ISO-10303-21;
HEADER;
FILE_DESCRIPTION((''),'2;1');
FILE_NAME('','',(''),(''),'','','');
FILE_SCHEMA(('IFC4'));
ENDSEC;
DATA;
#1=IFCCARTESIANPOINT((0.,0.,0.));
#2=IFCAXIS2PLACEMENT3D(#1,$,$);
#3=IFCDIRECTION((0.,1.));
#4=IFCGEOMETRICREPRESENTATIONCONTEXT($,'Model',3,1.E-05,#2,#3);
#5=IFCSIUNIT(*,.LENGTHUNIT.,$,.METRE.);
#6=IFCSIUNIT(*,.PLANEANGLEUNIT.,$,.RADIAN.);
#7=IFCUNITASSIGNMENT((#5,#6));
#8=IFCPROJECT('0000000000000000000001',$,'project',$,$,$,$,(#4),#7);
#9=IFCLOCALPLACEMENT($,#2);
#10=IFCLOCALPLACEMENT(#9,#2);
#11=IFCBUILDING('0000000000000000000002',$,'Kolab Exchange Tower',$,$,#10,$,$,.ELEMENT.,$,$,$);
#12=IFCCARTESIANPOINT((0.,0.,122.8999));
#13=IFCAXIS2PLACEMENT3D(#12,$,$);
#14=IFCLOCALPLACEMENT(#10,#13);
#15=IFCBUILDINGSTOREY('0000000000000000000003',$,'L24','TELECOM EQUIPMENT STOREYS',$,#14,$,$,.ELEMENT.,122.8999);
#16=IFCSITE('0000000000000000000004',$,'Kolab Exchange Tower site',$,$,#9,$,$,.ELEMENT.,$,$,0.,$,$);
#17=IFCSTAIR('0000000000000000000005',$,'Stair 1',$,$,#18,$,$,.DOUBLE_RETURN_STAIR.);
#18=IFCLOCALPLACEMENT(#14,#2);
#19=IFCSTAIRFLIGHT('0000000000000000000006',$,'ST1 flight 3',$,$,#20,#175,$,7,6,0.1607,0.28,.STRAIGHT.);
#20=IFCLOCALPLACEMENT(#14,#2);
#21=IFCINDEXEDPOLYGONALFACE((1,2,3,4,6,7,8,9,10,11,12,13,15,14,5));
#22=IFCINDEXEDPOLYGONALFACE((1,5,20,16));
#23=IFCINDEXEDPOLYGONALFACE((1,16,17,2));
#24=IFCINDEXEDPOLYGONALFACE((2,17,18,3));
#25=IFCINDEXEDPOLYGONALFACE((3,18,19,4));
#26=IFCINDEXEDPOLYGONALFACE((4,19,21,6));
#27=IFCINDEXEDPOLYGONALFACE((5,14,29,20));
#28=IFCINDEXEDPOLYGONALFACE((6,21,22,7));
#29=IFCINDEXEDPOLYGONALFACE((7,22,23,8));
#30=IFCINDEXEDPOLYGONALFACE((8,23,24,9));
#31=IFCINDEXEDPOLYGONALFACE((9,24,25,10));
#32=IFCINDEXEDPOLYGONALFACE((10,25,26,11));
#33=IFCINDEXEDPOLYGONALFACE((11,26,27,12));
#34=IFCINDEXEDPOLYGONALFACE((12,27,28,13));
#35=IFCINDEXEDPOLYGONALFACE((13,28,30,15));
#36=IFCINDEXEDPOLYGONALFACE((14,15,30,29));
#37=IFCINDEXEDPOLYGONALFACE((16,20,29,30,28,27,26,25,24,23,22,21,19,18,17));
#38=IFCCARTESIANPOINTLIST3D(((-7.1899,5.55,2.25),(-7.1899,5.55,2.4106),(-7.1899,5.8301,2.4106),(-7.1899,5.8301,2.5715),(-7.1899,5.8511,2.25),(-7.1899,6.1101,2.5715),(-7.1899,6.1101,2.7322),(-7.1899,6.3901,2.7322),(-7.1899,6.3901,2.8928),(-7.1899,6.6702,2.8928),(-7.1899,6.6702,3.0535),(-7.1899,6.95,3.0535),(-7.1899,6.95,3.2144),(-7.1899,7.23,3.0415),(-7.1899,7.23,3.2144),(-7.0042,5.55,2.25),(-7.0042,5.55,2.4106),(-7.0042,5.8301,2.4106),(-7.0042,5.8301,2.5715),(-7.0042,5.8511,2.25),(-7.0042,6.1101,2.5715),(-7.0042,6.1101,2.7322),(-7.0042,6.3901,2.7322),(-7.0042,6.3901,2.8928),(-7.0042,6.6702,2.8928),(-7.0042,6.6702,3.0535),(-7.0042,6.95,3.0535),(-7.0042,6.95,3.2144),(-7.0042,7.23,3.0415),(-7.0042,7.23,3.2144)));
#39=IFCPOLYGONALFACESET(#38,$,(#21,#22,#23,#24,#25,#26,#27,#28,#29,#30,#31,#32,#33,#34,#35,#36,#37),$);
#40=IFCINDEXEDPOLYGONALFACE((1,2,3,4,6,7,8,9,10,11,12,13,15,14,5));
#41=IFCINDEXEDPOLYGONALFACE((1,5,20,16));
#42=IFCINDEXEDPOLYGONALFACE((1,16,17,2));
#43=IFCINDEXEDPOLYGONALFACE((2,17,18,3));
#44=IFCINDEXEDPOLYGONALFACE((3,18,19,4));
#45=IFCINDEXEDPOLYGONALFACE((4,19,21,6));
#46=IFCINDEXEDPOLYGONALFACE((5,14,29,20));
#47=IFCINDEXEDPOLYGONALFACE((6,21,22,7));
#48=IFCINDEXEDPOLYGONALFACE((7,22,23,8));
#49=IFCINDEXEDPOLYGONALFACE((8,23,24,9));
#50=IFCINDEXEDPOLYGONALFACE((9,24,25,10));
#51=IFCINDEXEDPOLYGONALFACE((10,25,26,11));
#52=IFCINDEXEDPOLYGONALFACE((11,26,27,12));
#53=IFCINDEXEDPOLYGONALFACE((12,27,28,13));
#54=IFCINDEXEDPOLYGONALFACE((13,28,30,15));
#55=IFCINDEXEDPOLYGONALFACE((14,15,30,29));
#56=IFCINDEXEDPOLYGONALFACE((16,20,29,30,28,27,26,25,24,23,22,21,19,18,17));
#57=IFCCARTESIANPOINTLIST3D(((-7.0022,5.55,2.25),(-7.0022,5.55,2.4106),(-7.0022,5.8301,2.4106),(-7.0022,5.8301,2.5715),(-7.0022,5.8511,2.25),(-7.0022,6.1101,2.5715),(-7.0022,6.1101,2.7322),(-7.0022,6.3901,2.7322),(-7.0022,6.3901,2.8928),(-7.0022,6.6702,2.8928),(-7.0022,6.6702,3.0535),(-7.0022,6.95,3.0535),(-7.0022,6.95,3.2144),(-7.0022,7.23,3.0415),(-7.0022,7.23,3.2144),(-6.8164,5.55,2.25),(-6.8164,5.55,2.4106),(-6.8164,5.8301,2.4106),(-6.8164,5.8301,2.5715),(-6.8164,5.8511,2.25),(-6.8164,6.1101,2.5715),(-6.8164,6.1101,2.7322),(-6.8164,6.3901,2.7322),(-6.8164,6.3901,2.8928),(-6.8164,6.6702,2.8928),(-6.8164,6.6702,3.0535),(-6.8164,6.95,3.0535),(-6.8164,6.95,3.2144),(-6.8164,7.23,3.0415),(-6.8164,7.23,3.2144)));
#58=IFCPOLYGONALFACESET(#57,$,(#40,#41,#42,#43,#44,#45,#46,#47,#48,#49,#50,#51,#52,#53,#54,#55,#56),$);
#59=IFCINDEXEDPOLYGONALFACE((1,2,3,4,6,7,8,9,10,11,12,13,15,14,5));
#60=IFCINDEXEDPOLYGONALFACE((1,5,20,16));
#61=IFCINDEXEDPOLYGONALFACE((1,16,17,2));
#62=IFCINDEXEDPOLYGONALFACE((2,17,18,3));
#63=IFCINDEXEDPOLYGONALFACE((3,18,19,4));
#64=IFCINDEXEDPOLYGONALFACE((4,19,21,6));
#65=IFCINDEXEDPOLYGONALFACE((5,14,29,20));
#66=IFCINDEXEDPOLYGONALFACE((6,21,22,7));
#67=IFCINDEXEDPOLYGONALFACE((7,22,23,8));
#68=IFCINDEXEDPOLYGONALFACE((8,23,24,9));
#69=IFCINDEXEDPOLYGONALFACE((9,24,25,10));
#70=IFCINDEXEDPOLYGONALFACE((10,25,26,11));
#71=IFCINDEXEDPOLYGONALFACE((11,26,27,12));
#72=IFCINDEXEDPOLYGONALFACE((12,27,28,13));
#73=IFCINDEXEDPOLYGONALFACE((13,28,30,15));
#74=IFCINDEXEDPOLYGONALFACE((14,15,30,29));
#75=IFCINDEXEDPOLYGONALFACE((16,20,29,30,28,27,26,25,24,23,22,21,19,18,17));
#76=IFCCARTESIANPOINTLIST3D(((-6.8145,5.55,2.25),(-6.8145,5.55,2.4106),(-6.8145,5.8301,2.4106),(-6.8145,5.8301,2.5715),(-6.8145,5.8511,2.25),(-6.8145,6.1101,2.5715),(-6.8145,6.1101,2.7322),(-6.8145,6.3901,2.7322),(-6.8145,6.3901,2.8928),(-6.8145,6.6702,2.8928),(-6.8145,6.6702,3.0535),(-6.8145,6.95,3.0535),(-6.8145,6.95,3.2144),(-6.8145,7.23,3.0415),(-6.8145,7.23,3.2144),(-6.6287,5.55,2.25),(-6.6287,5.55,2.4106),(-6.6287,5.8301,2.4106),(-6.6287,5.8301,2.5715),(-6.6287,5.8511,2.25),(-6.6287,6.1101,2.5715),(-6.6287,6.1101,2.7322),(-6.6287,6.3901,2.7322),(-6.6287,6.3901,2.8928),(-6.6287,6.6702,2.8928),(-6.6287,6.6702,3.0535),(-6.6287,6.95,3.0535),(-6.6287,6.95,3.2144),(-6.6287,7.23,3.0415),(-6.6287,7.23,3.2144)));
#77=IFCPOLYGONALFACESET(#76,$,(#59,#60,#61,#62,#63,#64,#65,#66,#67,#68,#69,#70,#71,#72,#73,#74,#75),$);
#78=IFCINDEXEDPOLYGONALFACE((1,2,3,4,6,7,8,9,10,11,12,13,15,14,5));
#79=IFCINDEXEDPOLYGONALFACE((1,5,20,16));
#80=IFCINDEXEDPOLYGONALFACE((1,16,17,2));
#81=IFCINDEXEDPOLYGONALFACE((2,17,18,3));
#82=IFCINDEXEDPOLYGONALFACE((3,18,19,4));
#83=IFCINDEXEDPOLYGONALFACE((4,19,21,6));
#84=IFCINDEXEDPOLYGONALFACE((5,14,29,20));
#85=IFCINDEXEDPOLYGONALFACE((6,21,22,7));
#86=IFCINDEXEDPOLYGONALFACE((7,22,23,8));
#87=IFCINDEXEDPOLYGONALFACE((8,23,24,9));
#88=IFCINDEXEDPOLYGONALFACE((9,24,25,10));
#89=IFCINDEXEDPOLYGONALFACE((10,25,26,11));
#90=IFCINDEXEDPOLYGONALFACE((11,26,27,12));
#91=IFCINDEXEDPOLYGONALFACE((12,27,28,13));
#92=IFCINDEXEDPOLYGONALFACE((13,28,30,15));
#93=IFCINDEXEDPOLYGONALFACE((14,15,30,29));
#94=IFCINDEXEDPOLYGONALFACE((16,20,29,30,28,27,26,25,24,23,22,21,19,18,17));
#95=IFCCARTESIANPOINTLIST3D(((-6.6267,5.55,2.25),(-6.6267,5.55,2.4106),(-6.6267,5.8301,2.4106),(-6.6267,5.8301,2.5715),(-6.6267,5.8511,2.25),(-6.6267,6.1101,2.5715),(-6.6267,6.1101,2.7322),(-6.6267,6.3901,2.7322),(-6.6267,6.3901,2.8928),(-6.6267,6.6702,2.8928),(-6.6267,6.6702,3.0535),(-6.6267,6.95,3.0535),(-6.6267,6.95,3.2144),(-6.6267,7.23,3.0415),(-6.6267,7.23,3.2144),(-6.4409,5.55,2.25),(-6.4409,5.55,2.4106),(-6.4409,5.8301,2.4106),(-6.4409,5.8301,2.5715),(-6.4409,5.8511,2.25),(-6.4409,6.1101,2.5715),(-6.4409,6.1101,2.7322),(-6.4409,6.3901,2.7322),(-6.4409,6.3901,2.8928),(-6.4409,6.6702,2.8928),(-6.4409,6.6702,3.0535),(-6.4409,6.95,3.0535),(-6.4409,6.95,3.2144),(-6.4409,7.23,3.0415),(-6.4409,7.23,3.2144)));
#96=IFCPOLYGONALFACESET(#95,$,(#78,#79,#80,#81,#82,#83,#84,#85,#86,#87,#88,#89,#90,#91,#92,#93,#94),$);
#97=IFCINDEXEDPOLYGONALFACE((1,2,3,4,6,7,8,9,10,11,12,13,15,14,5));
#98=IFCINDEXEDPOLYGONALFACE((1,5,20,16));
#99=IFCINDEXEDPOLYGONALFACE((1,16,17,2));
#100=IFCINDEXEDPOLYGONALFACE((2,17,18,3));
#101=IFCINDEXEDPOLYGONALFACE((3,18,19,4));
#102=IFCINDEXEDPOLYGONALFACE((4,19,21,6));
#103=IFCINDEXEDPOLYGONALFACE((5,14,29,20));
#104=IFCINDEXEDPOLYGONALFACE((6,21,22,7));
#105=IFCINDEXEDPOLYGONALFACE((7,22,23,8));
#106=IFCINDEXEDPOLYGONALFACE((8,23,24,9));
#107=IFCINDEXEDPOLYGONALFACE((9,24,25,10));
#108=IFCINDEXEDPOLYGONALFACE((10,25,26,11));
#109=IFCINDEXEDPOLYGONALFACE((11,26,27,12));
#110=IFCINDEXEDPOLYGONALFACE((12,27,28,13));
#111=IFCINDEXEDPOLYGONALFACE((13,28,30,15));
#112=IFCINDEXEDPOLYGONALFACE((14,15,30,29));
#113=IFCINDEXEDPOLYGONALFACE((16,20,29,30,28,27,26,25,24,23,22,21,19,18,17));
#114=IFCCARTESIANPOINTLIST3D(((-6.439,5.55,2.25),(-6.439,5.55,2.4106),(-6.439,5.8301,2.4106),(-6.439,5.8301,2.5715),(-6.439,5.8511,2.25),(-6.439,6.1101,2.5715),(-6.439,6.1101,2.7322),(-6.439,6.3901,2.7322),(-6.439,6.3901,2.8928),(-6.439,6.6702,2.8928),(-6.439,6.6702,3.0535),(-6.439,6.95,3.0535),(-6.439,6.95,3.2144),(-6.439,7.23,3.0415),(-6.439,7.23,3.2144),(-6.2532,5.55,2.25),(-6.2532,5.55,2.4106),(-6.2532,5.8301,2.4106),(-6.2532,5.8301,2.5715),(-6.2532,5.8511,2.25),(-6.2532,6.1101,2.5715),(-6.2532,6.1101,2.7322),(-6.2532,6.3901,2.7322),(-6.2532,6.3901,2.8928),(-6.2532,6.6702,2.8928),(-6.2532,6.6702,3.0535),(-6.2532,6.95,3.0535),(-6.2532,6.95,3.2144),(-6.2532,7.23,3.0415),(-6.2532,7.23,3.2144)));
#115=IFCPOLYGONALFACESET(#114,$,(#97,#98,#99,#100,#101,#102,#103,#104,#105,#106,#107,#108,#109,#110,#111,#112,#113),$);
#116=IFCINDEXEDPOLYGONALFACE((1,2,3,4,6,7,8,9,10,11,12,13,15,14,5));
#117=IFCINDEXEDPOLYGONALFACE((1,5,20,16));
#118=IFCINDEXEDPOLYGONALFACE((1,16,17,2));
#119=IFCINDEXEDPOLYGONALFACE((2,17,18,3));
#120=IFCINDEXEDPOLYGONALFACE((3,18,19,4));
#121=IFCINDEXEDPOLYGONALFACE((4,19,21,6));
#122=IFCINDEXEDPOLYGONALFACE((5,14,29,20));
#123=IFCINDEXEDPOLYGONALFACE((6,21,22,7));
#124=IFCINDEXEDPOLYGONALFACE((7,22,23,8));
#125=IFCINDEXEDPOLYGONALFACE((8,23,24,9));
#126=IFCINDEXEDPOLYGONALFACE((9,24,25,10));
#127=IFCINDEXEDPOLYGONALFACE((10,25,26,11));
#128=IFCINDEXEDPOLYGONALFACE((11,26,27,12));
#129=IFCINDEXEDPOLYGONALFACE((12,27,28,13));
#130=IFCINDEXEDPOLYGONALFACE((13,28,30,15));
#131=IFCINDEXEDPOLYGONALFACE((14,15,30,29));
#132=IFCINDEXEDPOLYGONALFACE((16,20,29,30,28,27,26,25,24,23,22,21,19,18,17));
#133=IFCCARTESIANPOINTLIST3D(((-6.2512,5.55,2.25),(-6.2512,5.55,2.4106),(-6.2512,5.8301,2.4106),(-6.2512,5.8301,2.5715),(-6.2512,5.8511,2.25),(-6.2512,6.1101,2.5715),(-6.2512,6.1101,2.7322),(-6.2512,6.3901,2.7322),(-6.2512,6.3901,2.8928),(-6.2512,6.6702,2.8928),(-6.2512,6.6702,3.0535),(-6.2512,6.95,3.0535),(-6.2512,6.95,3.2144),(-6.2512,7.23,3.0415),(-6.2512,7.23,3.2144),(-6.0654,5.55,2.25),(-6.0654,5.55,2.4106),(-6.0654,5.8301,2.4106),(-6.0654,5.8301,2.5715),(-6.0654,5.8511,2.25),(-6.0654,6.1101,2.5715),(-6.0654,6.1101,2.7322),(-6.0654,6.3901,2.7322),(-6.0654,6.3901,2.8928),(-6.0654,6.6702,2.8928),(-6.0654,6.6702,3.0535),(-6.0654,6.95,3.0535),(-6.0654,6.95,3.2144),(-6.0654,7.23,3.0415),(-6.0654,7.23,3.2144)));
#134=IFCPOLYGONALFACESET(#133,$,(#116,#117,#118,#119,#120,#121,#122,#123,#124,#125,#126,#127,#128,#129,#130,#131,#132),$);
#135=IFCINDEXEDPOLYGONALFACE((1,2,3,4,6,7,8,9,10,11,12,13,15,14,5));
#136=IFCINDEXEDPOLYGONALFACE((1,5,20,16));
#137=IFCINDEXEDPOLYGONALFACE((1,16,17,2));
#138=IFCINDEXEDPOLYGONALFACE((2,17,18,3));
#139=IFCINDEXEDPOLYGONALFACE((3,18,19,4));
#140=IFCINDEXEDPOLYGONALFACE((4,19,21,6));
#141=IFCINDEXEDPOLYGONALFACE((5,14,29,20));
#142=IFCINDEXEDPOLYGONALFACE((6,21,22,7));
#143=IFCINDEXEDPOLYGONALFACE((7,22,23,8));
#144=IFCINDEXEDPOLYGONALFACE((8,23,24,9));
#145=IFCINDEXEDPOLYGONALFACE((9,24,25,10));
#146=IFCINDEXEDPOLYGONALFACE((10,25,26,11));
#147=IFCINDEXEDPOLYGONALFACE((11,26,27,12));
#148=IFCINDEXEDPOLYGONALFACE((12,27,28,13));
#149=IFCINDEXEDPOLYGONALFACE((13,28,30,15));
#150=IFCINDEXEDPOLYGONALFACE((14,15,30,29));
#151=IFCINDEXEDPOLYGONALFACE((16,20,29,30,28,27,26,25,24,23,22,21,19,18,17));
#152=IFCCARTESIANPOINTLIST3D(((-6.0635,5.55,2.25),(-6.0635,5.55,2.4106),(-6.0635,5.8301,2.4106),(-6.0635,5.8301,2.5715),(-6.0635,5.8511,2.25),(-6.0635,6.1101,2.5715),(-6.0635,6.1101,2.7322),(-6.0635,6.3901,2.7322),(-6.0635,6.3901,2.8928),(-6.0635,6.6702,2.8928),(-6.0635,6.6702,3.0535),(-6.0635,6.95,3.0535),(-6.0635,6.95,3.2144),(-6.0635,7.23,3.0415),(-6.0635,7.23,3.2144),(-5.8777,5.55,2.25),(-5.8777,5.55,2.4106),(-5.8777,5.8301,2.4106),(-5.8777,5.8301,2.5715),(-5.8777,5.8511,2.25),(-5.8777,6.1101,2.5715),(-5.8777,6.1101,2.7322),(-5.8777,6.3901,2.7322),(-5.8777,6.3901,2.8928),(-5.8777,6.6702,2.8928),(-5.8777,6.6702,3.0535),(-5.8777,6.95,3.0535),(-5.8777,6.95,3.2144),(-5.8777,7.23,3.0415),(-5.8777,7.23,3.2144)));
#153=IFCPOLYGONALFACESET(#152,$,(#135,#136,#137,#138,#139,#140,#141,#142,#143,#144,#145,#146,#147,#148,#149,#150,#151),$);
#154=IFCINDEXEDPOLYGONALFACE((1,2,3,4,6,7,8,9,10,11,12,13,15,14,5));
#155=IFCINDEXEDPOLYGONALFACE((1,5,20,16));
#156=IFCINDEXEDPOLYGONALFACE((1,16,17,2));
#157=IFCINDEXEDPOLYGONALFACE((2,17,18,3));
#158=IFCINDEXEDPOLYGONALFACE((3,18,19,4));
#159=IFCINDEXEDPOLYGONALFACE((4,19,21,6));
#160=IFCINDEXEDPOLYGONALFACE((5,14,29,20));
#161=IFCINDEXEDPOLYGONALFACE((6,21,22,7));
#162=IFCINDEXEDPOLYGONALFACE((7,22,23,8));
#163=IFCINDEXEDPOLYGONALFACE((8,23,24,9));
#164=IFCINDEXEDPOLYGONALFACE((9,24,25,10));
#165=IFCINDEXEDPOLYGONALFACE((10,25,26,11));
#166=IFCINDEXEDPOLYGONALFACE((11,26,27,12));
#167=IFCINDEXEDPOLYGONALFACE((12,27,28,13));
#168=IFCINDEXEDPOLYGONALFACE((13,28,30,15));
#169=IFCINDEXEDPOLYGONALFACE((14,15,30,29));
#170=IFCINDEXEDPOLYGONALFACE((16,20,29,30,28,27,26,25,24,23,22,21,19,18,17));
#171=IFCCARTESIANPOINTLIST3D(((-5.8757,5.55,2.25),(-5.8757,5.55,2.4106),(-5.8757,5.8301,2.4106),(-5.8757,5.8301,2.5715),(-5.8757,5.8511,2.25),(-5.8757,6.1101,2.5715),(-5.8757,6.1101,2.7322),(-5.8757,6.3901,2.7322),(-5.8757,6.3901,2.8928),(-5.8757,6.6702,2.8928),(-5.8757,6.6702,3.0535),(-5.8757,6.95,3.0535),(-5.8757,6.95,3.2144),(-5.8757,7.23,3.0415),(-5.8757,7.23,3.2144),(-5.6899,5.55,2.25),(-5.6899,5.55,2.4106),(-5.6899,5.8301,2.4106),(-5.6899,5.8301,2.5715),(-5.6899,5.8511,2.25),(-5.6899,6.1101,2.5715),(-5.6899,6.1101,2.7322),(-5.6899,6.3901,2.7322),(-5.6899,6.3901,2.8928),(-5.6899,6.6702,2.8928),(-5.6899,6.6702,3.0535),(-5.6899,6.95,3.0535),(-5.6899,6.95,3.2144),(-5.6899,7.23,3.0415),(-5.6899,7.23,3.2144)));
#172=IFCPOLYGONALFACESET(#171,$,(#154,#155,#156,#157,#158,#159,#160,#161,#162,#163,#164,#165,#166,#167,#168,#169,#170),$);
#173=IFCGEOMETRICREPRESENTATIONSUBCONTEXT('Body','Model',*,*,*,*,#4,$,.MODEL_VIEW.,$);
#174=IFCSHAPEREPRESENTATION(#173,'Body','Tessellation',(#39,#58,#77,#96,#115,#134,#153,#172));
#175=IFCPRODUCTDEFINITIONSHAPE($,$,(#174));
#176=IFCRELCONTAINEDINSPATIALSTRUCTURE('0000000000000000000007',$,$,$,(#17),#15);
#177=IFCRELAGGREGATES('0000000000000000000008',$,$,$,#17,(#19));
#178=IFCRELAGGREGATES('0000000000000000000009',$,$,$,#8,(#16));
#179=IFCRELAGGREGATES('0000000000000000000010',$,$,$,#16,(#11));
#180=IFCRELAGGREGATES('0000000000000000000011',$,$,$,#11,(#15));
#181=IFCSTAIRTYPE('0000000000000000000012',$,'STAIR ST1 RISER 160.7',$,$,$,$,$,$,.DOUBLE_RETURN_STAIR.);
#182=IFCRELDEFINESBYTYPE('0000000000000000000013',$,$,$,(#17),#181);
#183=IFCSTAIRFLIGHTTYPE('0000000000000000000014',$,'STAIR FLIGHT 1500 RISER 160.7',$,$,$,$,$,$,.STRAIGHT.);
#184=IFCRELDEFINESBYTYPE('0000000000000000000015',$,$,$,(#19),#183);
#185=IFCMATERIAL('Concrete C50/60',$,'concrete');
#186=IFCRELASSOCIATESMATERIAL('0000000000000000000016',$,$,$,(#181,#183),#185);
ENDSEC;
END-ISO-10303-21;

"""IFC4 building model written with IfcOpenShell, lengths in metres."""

from ifc_helpers import new_model, si_unit, direction, frame, origin, place, context, subcontext, project, spatial, polyline, outline, extrude, material, type_object, element, aggregate, save


model = new_model("IFC4")

# Units and contexts
model_context = context("Model", 3, precision=1e-05, world=origin(), true_north=direction((0.0, 1.0)))
body_context = subcontext(model_context, "Body", "Model", "MODEL_VIEW")
ifc_project = project(units=[si_unit("LENGTHUNIT", "METRE"), si_unit("PLANEANGLEUNIT", "RADIAN")], contexts=[model_context])

# Site, building, storey
site_placement = place(None, origin())
site = spatial("IfcSite", under=ifc_project, at=site_placement, Name="Kolab Exchange Tower site", CompositionType="ELEMENT", RefElevation=0.0)
building_placement = place(site_placement, origin())
building = spatial("IfcBuilding", under=site, at=building_placement, Name="Kolab Exchange Tower", CompositionType="ELEMENT")
storey_placement = place(building_placement, frame((0.0, 0.0, 122.8999)))
storey = spatial("IfcBuildingStorey", under=building, at=storey_placement, Name="L24", Description="TELECOM EQUIPMENT STOREYS", CompositionType="ELEMENT", Elevation=122.8999)

# Shared definitions
ifc_material_1 = material(Name="Concrete C50/60", Category="concrete")

# Stair, stair flight
stair_type = type_object("IfcStairType", Name="STAIR ST1 RISER 160.7", PredefinedType="DOUBLE_RETURN_STAIR", material=ifc_material_1)
stair_placement = place(storey_placement, origin())
stair = element("IfcStair", 1, at=stair_placement, inside=storey, type_object=stair_type, Name="Stair 1", PredefinedType="DOUBLE_RETURN_STAIR")
stair_flight_type = type_object("IfcStairFlightType", Name="STAIR FLIGHT 1500 RISER 160.7", PredefinedType="STRAIGHT", material=ifc_material_1)
stair_flight_1_placement = place(storey_placement, frame((-6.4399, 5.55, 2.25), z_axis=(0.0, 0.0, 1.0), x_axis=(0.0, 1.0, 0.0)))
stair_flight_1 = element("IfcStairFlight", 2, at=stair_flight_1_placement, type_object=stair_flight_type, Name="ST1 flight 3", NumberOfRisers=7, NumberOfTreads=6, PredefinedType="STRAIGHT", RiserHeight=0.1607, TreadLength=0.28, context=body_context, shape_type="SweptSolid", body=[
    extrude(outline(polyline([(0.0, 0.0), (0.0, 0.1606), (0.28, 0.1606), (0.28, 0.3215), (0.5601, 0.3215), (0.5601, 0.4822), (0.8401, 0.4822), (0.8401, 0.6428), (1.1201, 0.6428), (1.1201, 0.8035), (1.3999, 0.8035), (1.3999, 0.9644), (1.6799, 0.9644), (1.6799, 1.125), (1.6799, 0.7915), (0.301, 0.0), (0.0, 0.0)])), frame((0.0, 0.75, 0.0), z_axis=(0.0, -1.0, 0.0), x_axis=(1.0, 0.0, 0.0)), (0.0, 0.0, 1.0), 0.1858),
    extrude(outline(polyline([(0.0, 0.0), (0.0, 0.1606), (0.28, 0.1606), (0.28, 0.3215), (0.5601, 0.3215), (0.5601, 0.4822), (0.8401, 0.4822), (0.8401, 0.6428), (1.1201, 0.6428), (1.1201, 0.8035), (1.3999, 0.8035), (1.3999, 0.9644), (1.6799, 0.9644), (1.6799, 1.125), (1.6799, 0.7915), (0.301, 0.0), (0.0, 0.0)])), frame((0.0, 0.5623, 0.0), z_axis=(0.0, -1.0, 0.0), x_axis=(1.0, 0.0, 0.0)), (0.0, 0.0, 1.0), 0.1858),
    extrude(outline(polyline([(0.0, 0.0), (0.0, 0.1606), (0.28, 0.1606), (0.28, 0.3215), (0.5601, 0.3215), (0.5601, 0.4822), (0.8401, 0.4822), (0.8401, 0.6428), (1.1201, 0.6428), (1.1201, 0.8035), (1.3999, 0.8035), (1.3999, 0.9644), (1.6799, 0.9644), (1.6799, 1.125), (1.6799, 0.7915), (0.301, 0.0), (0.0, 0.0)])), frame((0.0, 0.3745, 0.0), z_axis=(0.0, -1.0, 0.0), x_axis=(1.0, 0.0, 0.0)), (0.0, 0.0, 1.0), 0.1858),
    extrude(outline(polyline([(0.0, 0.0), (0.0, 0.1606), (0.28, 0.1606), (0.28, 0.3215), (0.5601, 0.3215), (0.5601, 0.4822), (0.8401, 0.4822), (0.8401, 0.6428), (1.1201, 0.6428), (1.1201, 0.8035), (1.3999, 0.8035), (1.3999, 0.9644), (1.6799, 0.9644), (1.6799, 1.125), (1.6799, 0.7915), (0.301, 0.0), (0.0, 0.0)])), frame((0.0, 0.1868, 0.0), z_axis=(0.0, -1.0, 0.0), x_axis=(1.0, 0.0, 0.0)), (0.0, 0.0, 1.0), 0.1858),
    extrude(outline(polyline([(0.0, 0.0), (0.0, 0.1606), (0.28, 0.1606), (0.28, 0.3215), (0.5601, 0.3215), (0.5601, 0.4822), (0.8401, 0.4822), (0.8401, 0.6428), (1.1201, 0.6428), (1.1201, 0.8035), (1.3999, 0.8035), (1.3999, 0.9644), (1.6799, 0.9644), (1.6799, 1.125), (1.6799, 0.7915), (0.301, 0.0), (0.0, 0.0)])), frame((0.0, -0.001, 0.0), z_axis=(0.0, -1.0, 0.0), x_axis=(1.0, 0.0, 0.0)), (0.0, 0.0, 1.0), 0.1858),
    extrude(outline(polyline([(0.0, 0.0), (0.0, 0.1606), (0.28, 0.1606), (0.28, 0.3215), (0.5601, 0.3215), (0.5601, 0.4822), (0.8401, 0.4822), (0.8401, 0.6428), (1.1201, 0.6428), (1.1201, 0.8035), (1.3999, 0.8035), (1.3999, 0.9644), (1.6799, 0.9644), (1.6799, 1.125), (1.6799, 0.7915), (0.301, 0.0), (0.0, 0.0)])), frame((0.0, -0.1887, 0.0), z_axis=(0.0, -1.0, 0.0), x_axis=(1.0, 0.0, 0.0)), (0.0, 0.0, 1.0), 0.1858),
    extrude(outline(polyline([(0.0, 0.0), (0.0, 0.1606), (0.28, 0.1606), (0.28, 0.3215), (0.5601, 0.3215), (0.5601, 0.4822), (0.8401, 0.4822), (0.8401, 0.6428), (1.1201, 0.6428), (1.1201, 0.8035), (1.3999, 0.8035), (1.3999, 0.9644), (1.6799, 0.9644), (1.6799, 1.125), (1.6799, 0.7915), (0.301, 0.0), (0.0, 0.0)])), frame((0.0, -0.3765, 0.0), z_axis=(0.0, -1.0, 0.0), x_axis=(1.0, 0.0, 0.0)), (0.0, 0.0, 1.0), 0.1858),
    extrude(outline(polyline([(0.0, 0.0), (0.0, 0.1606), (0.28, 0.1606), (0.28, 0.3215), (0.5601, 0.3215), (0.5601, 0.4822), (0.8401, 0.4822), (0.8401, 0.6428), (1.1201, 0.6428), (1.1201, 0.8035), (1.3999, 0.8035), (1.3999, 0.9644), (1.6799, 0.9644), (1.6799, 1.125), (1.6799, 0.7915), (0.301, 0.0), (0.0, 0.0)])), frame((0.0, -0.5642, 0.0), z_axis=(0.0, -1.0, 0.0), x_axis=(1.0, 0.0, 0.0)), (0.0, 0.0, 1.0), 0.1858),
])
aggregate(stair, [stair_flight_1])

save(model, "model.ifc")
